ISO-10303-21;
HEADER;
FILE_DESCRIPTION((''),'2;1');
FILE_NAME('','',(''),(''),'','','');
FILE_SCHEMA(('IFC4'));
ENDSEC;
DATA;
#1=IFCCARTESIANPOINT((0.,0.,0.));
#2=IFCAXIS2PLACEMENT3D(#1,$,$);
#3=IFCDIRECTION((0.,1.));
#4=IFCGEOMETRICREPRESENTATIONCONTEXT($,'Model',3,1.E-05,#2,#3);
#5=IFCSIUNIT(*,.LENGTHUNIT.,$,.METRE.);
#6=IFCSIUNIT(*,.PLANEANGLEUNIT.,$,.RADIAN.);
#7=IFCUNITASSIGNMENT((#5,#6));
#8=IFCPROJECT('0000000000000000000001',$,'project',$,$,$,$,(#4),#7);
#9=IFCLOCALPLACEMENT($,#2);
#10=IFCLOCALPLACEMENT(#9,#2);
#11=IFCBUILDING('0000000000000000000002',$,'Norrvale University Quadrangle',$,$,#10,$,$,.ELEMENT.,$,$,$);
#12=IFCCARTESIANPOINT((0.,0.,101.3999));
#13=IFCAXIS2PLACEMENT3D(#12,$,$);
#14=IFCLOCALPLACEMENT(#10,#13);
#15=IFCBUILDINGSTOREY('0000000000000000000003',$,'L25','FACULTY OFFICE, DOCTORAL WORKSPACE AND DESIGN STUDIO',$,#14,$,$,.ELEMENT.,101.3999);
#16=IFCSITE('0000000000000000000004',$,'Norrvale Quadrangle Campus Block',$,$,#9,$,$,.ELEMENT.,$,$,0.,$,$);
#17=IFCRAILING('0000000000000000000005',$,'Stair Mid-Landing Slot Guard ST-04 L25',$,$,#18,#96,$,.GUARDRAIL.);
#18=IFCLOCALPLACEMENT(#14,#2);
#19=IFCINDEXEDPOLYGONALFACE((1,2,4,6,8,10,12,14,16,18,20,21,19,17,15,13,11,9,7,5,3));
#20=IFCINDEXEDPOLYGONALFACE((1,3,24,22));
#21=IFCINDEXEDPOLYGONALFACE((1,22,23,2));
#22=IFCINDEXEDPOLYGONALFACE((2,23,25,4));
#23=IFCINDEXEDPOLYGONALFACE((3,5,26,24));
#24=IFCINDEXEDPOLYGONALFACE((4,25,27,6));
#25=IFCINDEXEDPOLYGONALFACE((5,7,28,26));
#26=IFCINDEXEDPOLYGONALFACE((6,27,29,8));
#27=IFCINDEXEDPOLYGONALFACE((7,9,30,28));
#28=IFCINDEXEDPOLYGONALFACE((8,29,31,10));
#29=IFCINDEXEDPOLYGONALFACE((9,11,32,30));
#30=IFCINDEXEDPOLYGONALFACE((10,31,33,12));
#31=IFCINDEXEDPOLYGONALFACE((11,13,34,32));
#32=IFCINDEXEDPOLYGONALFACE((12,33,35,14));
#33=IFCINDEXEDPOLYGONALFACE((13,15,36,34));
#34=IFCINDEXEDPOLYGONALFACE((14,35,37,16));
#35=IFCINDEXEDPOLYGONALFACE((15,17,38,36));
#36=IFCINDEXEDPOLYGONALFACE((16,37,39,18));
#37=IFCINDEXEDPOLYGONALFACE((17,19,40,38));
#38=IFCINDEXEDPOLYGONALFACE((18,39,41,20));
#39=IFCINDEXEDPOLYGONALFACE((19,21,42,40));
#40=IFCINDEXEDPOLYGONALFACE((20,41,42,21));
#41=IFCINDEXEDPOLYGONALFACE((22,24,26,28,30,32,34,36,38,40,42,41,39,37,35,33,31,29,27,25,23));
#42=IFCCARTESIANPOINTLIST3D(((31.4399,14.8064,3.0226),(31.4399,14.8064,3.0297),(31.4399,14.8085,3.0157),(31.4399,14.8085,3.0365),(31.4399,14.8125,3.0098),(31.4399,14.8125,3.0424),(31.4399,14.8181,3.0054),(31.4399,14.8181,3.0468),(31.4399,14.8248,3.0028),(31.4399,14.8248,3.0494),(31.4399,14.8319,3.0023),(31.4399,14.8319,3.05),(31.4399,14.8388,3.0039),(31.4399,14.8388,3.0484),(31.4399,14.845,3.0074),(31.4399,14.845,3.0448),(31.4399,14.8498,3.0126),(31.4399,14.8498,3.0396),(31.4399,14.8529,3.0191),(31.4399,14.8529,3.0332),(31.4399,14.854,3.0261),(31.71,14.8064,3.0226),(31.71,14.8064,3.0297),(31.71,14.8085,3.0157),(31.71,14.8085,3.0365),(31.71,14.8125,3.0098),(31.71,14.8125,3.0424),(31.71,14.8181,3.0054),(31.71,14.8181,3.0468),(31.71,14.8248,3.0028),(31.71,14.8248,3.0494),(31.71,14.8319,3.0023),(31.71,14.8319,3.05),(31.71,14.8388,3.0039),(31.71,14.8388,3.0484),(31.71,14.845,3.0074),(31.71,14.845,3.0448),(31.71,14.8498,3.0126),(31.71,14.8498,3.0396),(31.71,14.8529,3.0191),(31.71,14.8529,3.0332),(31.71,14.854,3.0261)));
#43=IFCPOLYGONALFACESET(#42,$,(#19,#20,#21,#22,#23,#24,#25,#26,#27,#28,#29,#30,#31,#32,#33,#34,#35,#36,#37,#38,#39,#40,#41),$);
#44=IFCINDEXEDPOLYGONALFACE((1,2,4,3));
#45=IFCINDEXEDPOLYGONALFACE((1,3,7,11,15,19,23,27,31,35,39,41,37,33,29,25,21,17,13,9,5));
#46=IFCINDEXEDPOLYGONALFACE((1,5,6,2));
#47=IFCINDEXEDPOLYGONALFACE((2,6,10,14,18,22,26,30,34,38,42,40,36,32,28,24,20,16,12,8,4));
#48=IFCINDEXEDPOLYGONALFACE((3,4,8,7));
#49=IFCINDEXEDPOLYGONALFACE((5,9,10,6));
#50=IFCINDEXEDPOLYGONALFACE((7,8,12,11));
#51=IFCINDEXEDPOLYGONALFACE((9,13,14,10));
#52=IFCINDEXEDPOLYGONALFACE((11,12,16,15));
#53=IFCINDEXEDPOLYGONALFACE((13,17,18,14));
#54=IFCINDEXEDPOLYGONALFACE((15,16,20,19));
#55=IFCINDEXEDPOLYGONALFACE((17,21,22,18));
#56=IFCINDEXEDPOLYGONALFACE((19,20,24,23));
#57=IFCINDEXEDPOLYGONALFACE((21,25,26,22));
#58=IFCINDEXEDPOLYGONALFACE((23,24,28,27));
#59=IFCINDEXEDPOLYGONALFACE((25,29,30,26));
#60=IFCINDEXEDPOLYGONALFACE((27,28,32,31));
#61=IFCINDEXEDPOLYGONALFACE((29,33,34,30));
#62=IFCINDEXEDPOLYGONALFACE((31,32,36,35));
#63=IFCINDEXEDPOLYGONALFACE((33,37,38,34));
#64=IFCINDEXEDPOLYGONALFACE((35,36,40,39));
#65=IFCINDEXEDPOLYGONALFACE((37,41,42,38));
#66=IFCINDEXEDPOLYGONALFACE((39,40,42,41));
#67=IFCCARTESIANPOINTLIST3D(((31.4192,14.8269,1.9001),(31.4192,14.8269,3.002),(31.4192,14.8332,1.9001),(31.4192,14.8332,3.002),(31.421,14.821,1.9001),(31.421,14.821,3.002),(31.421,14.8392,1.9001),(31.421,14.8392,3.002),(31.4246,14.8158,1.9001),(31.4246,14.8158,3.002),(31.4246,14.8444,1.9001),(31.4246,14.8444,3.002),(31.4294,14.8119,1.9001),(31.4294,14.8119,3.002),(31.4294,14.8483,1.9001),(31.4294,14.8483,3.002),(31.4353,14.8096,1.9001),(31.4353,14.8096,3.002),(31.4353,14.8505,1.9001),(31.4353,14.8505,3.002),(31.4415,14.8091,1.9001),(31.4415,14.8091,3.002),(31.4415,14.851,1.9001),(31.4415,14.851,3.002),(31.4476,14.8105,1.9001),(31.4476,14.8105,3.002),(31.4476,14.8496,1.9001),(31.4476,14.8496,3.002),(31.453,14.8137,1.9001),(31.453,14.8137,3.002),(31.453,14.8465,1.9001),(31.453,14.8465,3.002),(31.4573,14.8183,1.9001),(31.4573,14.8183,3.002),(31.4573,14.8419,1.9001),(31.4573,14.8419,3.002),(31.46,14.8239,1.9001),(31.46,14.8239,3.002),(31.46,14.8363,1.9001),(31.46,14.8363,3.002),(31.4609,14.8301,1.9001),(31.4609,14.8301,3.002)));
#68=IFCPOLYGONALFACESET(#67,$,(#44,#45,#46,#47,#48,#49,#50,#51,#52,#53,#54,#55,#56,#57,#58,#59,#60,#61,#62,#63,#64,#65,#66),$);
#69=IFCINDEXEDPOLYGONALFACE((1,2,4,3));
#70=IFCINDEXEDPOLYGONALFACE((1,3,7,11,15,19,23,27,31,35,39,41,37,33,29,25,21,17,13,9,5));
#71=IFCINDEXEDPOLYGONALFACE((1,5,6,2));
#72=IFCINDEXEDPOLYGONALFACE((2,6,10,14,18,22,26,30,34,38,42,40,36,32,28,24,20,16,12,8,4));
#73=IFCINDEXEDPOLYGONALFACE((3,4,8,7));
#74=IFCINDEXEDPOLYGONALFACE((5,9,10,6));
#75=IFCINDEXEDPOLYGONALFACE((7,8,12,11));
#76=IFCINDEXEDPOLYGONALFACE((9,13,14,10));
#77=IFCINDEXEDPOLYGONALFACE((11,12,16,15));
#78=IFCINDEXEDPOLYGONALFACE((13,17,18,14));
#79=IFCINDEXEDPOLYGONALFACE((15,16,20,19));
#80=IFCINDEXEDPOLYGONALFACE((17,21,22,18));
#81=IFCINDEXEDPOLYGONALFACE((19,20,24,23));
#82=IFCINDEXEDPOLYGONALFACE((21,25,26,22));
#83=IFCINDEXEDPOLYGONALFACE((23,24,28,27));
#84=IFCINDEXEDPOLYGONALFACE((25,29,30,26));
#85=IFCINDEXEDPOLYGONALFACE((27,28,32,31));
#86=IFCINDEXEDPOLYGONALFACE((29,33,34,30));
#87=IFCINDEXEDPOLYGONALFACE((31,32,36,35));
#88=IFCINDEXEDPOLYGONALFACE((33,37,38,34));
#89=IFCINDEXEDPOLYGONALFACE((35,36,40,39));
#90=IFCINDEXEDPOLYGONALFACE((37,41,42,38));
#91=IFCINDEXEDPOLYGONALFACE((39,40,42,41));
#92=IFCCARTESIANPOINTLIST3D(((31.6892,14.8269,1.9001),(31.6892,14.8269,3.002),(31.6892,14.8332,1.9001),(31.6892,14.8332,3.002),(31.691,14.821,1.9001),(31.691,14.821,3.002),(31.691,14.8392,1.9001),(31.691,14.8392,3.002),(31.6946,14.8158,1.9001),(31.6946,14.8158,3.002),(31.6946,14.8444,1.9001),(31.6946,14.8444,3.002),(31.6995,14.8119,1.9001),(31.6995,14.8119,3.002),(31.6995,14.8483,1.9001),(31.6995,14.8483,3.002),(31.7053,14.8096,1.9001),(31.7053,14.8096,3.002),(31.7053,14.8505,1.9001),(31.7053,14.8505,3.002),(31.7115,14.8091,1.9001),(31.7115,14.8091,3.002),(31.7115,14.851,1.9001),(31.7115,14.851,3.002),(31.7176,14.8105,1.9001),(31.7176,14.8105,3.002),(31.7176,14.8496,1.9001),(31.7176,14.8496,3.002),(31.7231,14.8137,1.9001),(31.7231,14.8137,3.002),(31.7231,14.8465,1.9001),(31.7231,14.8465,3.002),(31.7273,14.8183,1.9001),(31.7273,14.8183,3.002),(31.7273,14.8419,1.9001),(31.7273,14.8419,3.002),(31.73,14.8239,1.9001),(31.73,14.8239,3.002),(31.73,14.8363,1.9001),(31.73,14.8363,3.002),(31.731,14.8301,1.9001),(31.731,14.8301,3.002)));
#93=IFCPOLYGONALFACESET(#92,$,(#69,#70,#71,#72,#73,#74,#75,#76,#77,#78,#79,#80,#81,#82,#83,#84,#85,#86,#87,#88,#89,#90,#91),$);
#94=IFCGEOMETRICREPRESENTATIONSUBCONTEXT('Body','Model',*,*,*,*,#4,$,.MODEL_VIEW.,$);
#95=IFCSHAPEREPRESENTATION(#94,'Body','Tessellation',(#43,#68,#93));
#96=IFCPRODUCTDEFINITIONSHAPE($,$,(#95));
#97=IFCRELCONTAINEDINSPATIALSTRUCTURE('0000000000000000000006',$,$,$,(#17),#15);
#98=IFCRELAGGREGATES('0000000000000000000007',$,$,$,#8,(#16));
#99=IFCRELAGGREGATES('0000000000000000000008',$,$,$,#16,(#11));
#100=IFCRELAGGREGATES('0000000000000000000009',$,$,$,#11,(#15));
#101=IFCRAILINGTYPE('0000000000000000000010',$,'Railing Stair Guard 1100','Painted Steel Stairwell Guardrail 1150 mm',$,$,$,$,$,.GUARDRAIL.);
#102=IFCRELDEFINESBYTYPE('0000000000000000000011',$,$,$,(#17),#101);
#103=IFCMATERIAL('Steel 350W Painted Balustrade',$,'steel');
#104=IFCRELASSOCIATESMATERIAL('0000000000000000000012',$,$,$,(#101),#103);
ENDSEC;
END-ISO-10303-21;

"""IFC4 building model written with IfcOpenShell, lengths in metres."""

from ifc_helpers import new_model, si_unit, direction, frame, origin, origin_2d, place, context, subcontext, project, spatial, circle, extrude, material, type_object, element, save


model = new_model("IFC4")

# Units and contexts
model_context = context("Model", 3, precision=1e-05, world=origin(), true_north=direction((0.0, 1.0)))
body_context = subcontext(model_context, "Body", "Model", "MODEL_VIEW")
ifc_project = project(units=[si_unit("LENGTHUNIT", "METRE"), si_unit("PLANEANGLEUNIT", "RADIAN")], contexts=[model_context])

# Site, building, storey
site_placement = place(None, origin())
site = spatial("IfcSite", under=ifc_project, at=site_placement, Name="Norrvale Quadrangle Campus Block", CompositionType="ELEMENT", RefElevation=0.0)
building_placement = place(site_placement, origin())
building = spatial("IfcBuilding", under=site, at=building_placement, Name="Norrvale University Quadrangle", CompositionType="ELEMENT")
storey_placement = place(building_placement, frame((0.0, 0.0, 101.3999)))
storey = spatial("IfcBuildingStorey", under=building, at=storey_placement, Name="L25", Description="FACULTY OFFICE, DOCTORAL WORKSPACE AND DESIGN STUDIO", CompositionType="ELEMENT", Elevation=101.3999)

# Railing
ifc_material_1 = material(Name="Steel 350W Painted Balustrade", Category="steel")
railing_type_1 = type_object("IfcRailingType", Name="Railing Stair Guard 1100", Description="Painted Steel Stairwell Guardrail 1150 mm", PredefinedType="GUARDRAIL", material=ifc_material_1)
for number, where, name in (
    (1, (31.4399, 14.8301, 1.9001), "Stair Mid-Landing Slot Guard ST-04 L25"),
):
    element("IfcRailing", number, at=place(storey_placement, frame(where)), inside=storey, type_object=railing_type_1, Name=name, PredefinedType="GUARDRAIL", context=body_context, shape_type="SweptSolid", body=[
        extrude(circle(Radius=0.0239, at=origin_2d()), frame((0.0, 0.0, 1.126), z_axis=(1.0, 0.0, 0.0), x_axis=(0.0, 1.0, 0.0)), (0.0, 0.0, 1.0), 0.27),
        extrude(circle(Radius=0.021, at=origin_2d()), origin(), (0.0, 0.0, 1.0), 1.1018),
        extrude(circle(Radius=0.021, at=origin_2d()), frame((0.27, 0.0, 0.0)), (0.0, 0.0, 1.0), 1.1018),
    ])

save(model, "model.ifc")
